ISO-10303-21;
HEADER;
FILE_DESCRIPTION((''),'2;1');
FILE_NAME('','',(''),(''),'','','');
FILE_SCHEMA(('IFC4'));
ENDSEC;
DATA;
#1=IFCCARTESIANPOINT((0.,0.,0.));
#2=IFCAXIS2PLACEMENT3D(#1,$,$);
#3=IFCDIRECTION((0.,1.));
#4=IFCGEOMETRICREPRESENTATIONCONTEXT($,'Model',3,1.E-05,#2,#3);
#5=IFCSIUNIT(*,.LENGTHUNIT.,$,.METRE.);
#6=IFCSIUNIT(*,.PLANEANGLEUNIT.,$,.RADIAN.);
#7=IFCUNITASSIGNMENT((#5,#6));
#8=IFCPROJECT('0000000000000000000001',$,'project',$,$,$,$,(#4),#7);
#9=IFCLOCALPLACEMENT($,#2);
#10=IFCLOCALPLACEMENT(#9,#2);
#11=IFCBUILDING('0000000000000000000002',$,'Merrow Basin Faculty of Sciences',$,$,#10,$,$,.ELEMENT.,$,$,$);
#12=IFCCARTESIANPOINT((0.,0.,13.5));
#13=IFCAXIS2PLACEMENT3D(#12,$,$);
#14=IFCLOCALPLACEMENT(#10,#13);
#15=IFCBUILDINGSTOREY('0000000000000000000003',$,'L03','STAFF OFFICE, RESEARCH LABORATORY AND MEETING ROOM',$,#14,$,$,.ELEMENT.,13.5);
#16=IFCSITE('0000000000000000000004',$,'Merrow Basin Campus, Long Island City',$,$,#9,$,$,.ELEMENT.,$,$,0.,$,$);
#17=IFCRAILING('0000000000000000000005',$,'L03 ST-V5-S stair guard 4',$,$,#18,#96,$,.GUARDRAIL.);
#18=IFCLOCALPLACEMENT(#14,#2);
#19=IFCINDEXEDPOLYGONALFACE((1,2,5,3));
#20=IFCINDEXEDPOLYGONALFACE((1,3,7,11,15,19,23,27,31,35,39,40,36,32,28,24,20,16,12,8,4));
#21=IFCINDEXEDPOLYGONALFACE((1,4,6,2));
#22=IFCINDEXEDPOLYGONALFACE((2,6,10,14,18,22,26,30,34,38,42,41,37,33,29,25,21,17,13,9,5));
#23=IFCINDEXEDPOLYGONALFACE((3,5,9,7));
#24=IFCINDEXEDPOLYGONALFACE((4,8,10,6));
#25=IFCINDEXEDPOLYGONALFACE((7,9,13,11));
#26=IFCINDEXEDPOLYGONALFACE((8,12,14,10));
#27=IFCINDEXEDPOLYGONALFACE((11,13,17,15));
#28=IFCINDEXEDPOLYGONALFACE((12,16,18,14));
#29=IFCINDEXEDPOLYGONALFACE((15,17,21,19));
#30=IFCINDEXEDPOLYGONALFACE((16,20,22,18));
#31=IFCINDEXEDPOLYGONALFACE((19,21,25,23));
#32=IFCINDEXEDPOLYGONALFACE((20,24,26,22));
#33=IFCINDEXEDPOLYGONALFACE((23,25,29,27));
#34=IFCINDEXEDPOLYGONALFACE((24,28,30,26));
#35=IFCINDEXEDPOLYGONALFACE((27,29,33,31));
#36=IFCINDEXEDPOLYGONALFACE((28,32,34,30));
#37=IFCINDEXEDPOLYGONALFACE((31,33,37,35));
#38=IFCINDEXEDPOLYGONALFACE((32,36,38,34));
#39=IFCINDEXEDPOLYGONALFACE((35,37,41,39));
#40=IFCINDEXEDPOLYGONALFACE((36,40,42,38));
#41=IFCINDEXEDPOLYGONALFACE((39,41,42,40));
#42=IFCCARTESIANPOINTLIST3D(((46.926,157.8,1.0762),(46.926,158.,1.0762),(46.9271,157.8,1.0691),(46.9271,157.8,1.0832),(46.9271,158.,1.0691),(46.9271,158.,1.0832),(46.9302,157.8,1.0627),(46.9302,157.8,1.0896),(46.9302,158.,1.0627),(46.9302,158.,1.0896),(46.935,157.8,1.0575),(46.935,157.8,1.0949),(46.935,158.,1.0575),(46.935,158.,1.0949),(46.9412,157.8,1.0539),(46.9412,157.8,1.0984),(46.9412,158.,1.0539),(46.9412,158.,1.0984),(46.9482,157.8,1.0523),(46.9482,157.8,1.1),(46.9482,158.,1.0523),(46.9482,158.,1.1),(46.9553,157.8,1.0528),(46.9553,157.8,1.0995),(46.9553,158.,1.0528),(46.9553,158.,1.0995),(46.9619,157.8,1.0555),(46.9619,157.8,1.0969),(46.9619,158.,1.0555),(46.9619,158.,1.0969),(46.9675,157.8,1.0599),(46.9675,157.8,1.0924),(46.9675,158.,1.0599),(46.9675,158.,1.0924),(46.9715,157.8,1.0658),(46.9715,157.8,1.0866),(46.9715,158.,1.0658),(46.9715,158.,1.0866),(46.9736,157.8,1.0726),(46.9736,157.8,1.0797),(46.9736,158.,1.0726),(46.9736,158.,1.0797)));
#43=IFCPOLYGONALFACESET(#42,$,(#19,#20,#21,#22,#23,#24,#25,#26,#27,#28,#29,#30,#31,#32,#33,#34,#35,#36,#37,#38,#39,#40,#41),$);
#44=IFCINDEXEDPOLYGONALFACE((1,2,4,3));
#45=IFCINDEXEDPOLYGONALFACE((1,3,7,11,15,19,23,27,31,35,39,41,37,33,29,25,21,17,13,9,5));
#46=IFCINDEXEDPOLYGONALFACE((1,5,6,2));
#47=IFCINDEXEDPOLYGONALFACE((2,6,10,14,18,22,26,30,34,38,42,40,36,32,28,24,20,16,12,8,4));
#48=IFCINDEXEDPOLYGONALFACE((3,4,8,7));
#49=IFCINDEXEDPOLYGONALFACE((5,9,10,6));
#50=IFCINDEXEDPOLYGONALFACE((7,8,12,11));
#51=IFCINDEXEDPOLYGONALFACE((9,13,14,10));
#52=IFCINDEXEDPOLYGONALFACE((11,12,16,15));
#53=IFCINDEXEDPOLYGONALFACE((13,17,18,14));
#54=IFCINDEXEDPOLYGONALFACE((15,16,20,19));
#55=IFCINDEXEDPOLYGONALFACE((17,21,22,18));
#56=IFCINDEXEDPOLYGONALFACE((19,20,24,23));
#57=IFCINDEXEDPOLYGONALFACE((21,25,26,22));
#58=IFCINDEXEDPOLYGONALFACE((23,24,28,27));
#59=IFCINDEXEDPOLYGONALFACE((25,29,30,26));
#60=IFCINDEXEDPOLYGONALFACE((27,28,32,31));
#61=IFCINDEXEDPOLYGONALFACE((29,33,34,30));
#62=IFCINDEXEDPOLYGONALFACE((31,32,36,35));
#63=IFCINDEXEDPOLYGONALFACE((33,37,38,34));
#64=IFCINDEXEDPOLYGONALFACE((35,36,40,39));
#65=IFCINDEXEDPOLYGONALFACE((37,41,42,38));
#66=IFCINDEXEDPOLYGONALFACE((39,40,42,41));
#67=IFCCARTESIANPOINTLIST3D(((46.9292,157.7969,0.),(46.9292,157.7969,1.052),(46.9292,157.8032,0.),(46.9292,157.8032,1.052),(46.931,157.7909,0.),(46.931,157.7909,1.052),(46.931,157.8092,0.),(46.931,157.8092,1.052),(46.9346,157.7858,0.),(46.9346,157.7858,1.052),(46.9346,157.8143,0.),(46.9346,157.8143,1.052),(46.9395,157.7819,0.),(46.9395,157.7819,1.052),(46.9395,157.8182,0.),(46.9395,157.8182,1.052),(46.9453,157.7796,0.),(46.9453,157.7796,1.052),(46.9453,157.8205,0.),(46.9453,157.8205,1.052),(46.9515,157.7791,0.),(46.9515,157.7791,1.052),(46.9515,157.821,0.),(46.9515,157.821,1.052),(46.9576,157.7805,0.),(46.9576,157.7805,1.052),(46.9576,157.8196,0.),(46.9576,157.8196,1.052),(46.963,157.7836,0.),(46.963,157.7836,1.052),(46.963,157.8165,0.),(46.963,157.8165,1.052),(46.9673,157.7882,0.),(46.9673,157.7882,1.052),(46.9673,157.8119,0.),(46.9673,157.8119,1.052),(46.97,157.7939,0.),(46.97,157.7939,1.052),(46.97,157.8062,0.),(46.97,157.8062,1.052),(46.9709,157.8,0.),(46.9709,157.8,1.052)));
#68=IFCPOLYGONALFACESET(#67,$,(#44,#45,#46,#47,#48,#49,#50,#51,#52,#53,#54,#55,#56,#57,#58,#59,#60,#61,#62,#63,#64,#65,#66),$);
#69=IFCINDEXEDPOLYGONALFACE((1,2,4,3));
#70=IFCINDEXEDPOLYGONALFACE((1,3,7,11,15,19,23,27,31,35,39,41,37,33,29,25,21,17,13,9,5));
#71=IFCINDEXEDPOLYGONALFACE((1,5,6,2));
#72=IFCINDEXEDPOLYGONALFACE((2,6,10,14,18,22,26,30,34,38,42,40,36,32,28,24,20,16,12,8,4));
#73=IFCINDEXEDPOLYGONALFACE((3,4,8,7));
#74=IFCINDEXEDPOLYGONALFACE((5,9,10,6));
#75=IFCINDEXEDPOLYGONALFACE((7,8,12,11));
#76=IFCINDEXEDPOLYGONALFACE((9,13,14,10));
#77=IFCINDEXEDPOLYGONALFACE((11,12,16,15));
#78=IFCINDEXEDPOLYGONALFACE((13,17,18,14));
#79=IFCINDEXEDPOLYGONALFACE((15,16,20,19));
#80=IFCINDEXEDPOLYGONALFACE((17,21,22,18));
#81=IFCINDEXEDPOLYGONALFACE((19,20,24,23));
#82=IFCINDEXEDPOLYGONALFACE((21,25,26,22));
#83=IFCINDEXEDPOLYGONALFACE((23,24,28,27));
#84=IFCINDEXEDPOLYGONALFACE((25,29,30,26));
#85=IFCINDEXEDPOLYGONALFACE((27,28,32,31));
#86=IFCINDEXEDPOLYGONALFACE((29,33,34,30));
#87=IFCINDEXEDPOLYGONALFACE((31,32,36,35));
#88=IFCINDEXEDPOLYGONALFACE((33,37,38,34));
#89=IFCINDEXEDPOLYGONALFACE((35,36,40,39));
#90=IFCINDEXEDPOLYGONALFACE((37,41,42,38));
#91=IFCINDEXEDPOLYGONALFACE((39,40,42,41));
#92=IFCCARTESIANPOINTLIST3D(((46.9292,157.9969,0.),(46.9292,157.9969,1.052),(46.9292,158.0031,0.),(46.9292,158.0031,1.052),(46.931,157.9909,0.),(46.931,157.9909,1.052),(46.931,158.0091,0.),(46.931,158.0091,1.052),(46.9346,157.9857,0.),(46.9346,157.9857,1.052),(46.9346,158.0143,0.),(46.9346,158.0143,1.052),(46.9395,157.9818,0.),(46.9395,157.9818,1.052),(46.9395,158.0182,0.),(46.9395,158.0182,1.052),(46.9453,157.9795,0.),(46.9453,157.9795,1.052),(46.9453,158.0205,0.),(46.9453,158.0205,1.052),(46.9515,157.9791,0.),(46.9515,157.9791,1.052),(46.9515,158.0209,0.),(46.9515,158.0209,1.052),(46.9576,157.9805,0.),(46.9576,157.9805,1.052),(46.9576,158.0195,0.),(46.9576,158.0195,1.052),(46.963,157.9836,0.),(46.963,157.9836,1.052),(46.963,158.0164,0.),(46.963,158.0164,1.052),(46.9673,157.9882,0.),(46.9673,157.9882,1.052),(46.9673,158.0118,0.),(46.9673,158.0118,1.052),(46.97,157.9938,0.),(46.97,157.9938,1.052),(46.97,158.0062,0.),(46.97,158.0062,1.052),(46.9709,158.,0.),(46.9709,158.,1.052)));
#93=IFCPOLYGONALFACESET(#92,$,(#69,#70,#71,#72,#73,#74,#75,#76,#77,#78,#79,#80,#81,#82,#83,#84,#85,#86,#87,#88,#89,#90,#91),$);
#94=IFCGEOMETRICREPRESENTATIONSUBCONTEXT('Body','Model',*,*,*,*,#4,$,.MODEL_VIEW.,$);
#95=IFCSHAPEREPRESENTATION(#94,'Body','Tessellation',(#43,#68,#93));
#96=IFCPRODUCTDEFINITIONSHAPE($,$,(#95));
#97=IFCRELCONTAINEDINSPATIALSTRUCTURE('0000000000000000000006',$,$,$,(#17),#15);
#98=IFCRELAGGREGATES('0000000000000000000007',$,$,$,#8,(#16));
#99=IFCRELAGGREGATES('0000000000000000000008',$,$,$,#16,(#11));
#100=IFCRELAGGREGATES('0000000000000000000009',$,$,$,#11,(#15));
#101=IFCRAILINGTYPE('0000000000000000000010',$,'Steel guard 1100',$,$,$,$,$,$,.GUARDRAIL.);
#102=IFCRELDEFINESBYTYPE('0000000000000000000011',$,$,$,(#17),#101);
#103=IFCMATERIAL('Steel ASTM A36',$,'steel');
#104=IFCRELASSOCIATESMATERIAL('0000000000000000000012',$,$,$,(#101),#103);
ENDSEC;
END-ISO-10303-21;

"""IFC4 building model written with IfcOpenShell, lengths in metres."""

from ifc_helpers import new_model, si_unit, direction, frame, origin, origin_2d, place, context, subcontext, project, spatial, circle, extrude, material, type_object, element, save


model = new_model("IFC4")

# Units and contexts
model_context = context("Model", 3, precision=1e-05, world=origin(), true_north=direction((0.0, 1.0)))
body_context = subcontext(model_context, "Body", "Model", "MODEL_VIEW")
ifc_project = project(units=[si_unit("LENGTHUNIT", "METRE"), si_unit("PLANEANGLEUNIT", "RADIAN")], contexts=[model_context])

# Site, building, storey
site_placement = place(None, origin())
site = spatial("IfcSite", under=ifc_project, at=site_placement, Name="Merrow Basin Campus, Long Island City", CompositionType="ELEMENT", RefElevation=0.0)
building_placement = place(site_placement, origin())
building = spatial("IfcBuilding", under=site, at=building_placement, Name="Merrow Basin Faculty of Sciences", CompositionType="ELEMENT")
storey_placement = place(building_placement, frame((0.0, 0.0, 13.5)))
storey = spatial("IfcBuildingStorey", under=building, at=storey_placement, Name="L03", Description="STAFF OFFICE, RESEARCH LABORATORY AND MEETING ROOM", CompositionType="ELEMENT", Elevation=13.5)

# Railing
ifc_material_1 = material(Name="Steel ASTM A36", Category="steel")
railing_type_1 = type_object("IfcRailingType", Name="Steel guard 1100", PredefinedType="GUARDRAIL", material=ifc_material_1)
railing_1_placement = place(storey_placement, frame((46.95, 157.8, 0.0)))
element("IfcRailing", 1, at=railing_1_placement, inside=storey, type_object=railing_type_1, Name="L03 ST-V5-S stair guard 4", PredefinedType="GUARDRAIL", context=body_context, shape_type="SweptSolid", body=[
    extrude(circle(Radius=0.0239, at=origin_2d()), frame((0.0, 0.0, 1.0762), z_axis=(0.0, 1.0, 0.0), x_axis=(-1.0, 0.0, 0.0)), (0.0, 0.0, 1.0), 0.2),
    extrude(circle(Radius=0.021, at=origin_2d()), origin(), (0.0, 0.0, 1.0), 1.052),
    extrude(circle(Radius=0.021, at=origin_2d()), frame((0.0, 0.2, 0.0)), (0.0, 0.0, 1.0), 1.052),
])

save(model, "model.ifc")
